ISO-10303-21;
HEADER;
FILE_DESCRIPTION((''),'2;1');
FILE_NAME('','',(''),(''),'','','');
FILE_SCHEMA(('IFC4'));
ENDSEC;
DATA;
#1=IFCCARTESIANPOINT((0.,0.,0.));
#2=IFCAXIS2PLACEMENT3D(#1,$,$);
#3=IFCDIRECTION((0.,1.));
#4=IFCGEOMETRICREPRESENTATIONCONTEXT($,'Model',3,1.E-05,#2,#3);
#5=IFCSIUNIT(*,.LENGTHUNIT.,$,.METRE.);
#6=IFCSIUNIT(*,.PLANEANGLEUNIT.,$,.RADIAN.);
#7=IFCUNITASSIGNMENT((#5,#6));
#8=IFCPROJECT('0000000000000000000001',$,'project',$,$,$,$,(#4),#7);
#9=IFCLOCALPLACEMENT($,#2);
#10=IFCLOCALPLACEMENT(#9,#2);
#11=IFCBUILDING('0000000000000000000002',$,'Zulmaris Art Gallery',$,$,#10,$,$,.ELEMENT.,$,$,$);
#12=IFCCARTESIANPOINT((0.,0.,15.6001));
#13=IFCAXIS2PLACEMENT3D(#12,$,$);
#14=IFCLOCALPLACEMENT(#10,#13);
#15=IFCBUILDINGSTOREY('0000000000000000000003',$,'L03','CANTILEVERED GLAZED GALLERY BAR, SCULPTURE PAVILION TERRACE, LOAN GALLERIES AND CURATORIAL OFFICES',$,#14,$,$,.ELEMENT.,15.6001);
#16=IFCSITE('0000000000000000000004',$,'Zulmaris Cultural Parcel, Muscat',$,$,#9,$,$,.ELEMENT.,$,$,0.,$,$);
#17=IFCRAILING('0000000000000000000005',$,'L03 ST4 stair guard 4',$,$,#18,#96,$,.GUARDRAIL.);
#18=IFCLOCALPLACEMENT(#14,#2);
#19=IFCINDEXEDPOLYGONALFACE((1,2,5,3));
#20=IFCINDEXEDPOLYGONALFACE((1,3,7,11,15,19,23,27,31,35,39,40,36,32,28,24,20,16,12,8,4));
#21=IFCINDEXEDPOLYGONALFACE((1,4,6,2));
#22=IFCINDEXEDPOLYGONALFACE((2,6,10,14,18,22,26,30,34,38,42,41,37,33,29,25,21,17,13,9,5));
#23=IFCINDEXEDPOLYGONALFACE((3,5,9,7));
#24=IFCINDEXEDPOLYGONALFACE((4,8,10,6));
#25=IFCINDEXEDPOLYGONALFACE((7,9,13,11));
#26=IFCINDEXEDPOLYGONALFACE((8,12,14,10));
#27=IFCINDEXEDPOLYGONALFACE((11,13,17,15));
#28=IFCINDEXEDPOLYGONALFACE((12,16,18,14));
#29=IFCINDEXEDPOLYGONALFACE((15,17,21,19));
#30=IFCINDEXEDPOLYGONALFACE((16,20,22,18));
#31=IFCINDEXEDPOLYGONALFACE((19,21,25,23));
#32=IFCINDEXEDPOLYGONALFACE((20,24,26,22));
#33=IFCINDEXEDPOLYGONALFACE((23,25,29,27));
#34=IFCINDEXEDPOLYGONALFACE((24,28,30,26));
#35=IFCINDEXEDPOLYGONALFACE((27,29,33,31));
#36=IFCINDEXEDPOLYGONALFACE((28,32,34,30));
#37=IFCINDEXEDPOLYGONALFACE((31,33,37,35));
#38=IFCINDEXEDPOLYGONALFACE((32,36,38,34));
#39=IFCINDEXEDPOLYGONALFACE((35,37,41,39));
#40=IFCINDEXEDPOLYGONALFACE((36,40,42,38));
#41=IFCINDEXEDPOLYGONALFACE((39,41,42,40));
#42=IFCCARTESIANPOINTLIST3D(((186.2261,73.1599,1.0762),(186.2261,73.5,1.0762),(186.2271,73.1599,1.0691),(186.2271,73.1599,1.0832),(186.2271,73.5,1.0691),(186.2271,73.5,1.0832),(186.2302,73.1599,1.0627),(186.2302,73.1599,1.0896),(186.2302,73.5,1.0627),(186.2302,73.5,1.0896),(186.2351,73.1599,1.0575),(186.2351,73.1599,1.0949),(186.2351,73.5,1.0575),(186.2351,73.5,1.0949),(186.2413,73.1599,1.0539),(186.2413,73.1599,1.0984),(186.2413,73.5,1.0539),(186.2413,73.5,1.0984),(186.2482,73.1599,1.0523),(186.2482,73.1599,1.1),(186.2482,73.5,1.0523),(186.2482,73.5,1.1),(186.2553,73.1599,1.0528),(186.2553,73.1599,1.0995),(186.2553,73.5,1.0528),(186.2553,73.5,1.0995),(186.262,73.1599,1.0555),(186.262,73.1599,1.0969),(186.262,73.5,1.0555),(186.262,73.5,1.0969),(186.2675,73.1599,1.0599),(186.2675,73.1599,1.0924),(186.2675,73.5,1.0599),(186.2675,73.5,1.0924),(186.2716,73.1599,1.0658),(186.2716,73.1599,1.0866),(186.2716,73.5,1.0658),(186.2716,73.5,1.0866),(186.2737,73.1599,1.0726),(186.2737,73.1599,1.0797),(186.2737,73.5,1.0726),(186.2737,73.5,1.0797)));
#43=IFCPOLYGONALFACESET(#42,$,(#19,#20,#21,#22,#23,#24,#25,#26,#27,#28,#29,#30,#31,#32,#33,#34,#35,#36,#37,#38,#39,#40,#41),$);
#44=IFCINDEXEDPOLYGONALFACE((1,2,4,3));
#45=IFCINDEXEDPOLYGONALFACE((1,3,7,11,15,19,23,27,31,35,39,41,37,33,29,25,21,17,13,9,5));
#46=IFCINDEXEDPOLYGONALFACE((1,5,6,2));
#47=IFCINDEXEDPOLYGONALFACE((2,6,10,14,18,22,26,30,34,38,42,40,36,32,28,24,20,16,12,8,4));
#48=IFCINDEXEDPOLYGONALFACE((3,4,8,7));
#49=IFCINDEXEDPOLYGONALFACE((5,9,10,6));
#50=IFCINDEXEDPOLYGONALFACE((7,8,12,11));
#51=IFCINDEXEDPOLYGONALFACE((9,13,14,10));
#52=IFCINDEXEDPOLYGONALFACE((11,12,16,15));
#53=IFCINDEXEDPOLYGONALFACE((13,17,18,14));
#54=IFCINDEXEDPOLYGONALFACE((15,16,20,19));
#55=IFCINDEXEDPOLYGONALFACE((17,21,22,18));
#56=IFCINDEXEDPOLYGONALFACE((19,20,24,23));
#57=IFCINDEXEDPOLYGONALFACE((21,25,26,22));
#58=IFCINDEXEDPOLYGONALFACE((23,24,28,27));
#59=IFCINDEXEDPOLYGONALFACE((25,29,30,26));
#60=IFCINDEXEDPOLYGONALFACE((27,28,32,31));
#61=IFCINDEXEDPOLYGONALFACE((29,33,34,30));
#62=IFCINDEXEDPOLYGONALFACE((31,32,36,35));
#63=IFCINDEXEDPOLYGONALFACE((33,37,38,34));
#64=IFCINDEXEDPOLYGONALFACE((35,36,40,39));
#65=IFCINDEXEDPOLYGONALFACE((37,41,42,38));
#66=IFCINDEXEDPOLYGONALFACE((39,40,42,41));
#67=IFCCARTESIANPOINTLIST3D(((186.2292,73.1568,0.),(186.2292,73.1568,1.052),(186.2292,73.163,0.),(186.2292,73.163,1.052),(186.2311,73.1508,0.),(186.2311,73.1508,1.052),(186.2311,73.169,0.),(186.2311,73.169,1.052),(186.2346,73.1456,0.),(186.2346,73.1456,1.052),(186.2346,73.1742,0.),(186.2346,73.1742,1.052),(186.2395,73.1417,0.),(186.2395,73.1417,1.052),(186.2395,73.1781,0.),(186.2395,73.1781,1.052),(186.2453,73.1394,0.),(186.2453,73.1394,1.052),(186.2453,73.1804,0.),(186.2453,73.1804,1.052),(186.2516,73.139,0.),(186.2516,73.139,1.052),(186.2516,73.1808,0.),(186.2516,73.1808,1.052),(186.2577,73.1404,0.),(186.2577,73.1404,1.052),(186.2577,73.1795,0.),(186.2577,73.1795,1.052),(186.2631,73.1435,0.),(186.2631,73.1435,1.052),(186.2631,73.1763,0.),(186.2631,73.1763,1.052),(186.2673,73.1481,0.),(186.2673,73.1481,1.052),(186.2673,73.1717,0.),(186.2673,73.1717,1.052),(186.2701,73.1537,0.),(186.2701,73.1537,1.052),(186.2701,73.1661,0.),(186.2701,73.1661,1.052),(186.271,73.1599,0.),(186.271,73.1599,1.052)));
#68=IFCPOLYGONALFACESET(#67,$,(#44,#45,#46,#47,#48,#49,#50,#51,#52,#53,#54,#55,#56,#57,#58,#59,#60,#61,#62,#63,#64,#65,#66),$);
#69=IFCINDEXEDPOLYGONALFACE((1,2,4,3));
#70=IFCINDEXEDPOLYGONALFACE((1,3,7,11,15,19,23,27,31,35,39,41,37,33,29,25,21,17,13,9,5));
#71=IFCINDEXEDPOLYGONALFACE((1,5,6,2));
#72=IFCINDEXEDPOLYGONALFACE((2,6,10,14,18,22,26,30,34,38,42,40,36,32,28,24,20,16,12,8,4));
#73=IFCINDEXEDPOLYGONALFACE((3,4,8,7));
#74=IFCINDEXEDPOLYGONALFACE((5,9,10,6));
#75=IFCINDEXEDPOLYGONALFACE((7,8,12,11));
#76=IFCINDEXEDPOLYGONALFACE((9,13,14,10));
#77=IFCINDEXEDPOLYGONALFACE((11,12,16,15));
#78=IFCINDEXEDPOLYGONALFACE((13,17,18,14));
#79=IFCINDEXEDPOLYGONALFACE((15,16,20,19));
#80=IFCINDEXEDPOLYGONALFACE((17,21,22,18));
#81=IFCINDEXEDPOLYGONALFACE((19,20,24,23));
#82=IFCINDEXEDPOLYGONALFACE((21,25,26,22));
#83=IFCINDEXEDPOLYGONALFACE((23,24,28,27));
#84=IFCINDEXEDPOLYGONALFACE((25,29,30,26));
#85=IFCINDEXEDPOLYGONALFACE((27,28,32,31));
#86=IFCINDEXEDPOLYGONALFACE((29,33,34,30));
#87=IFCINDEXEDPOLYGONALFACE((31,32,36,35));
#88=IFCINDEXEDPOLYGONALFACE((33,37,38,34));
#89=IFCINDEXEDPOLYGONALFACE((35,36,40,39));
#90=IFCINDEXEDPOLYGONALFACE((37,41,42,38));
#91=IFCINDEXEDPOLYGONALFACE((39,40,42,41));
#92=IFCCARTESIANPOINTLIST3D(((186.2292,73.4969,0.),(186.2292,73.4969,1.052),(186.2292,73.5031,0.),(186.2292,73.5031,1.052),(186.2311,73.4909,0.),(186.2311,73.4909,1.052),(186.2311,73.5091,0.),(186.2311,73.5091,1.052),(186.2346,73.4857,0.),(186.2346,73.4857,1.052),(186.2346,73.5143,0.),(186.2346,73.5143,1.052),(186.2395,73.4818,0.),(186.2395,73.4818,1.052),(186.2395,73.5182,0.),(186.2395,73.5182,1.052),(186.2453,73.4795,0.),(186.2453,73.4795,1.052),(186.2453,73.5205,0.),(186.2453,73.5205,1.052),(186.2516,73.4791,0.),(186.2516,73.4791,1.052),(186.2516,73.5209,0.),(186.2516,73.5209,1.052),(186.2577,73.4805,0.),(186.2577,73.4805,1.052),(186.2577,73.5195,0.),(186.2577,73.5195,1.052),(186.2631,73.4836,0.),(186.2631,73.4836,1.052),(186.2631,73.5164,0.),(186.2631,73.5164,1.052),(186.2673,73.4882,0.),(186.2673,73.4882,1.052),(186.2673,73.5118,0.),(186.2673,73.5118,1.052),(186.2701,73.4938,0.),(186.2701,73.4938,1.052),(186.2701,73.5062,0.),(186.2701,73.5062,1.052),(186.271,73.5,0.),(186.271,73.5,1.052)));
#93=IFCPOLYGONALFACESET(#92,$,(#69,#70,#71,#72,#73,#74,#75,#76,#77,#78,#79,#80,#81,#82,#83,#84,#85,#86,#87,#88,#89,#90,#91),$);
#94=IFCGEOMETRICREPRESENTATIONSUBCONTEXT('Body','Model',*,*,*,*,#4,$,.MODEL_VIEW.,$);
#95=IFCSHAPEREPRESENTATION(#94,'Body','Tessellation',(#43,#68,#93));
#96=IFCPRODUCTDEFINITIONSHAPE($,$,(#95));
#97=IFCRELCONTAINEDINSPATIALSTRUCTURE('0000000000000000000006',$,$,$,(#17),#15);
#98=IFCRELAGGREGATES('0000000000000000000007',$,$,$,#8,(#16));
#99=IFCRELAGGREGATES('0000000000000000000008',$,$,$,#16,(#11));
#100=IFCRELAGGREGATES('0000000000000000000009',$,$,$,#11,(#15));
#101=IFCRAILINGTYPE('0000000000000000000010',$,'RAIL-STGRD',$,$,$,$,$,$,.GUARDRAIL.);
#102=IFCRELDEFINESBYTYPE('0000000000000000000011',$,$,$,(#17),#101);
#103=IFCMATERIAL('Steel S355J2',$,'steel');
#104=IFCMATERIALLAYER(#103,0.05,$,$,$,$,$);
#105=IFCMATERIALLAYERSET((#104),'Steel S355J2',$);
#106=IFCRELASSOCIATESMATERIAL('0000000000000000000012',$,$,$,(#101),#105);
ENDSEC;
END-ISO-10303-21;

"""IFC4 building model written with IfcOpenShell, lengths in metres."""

from ifc_helpers import new_model, si_unit, direction, frame, origin, origin_2d, place, context, subcontext, project, spatial, circle, extrude, material, layer, layer_set, type_object, element, save


model = new_model("IFC4")

# Units and contexts
model_context = context("Model", 3, precision=1e-05, world=origin(), true_north=direction((0.0, 1.0)))
body_context = subcontext(model_context, "Body", "Model", "MODEL_VIEW")
ifc_project = project(units=[si_unit("LENGTHUNIT", "METRE"), si_unit("PLANEANGLEUNIT", "RADIAN")], contexts=[model_context])

# Site, building, storey
site_placement = place(None, origin())
site = spatial("IfcSite", under=ifc_project, at=site_placement, Name="Zulmaris Cultural Parcel, Muscat", CompositionType="ELEMENT", RefElevation=0.0)
building_placement = place(site_placement, origin())
building = spatial("IfcBuilding", under=site, at=building_placement, Name="Zulmaris Art Gallery", CompositionType="ELEMENT")
storey_placement = place(building_placement, frame((0.0, 0.0, 15.6001)))
storey = spatial("IfcBuildingStorey", under=building, at=storey_placement, Name="L03", Description="CANTILEVERED GLAZED GALLERY BAR, SCULPTURE PAVILION TERRACE, LOAN GALLERIES AND CURATORIAL OFFICES", CompositionType="ELEMENT", Elevation=15.6001)

# Shared definitions
ifc_material_1 = material(Name="Steel S355J2", Category="steel")

# Railing
ifc_layer_1 = layer(ifc_material_1, 0.05)
ifc_layer_set_1 = layer_set([ifc_layer_1], Name="Steel S355J2")
railing_type_1 = type_object("IfcRailingType", Name="RAIL-STGRD", PredefinedType="GUARDRAIL", material=ifc_layer_set_1)
railing_1_placement = place(storey_placement, frame((186.25, 73.1599, 0.0)))
element("IfcRailing", 1, at=railing_1_placement, inside=storey, type_object=railing_type_1, Name="L03 ST4 stair guard 4", PredefinedType="GUARDRAIL", context=body_context, shape_type="SweptSolid", body=[
    extrude(circle(Radius=0.0239, at=origin_2d()), frame((0.0, 0.0, 1.0762), z_axis=(0.0, 1.0, 0.0), x_axis=(-1.0, 0.0, 0.0)), (0.0, 0.0, 1.0), 0.3401),
    extrude(circle(Radius=0.021, at=origin_2d()), origin(), (0.0, 0.0, 1.0), 1.052),
    extrude(circle(Radius=0.021, at=origin_2d()), frame((0.0, 0.3401, 0.0)), (0.0, 0.0, 1.0), 1.052),
])

save(model, "model.ifc")
